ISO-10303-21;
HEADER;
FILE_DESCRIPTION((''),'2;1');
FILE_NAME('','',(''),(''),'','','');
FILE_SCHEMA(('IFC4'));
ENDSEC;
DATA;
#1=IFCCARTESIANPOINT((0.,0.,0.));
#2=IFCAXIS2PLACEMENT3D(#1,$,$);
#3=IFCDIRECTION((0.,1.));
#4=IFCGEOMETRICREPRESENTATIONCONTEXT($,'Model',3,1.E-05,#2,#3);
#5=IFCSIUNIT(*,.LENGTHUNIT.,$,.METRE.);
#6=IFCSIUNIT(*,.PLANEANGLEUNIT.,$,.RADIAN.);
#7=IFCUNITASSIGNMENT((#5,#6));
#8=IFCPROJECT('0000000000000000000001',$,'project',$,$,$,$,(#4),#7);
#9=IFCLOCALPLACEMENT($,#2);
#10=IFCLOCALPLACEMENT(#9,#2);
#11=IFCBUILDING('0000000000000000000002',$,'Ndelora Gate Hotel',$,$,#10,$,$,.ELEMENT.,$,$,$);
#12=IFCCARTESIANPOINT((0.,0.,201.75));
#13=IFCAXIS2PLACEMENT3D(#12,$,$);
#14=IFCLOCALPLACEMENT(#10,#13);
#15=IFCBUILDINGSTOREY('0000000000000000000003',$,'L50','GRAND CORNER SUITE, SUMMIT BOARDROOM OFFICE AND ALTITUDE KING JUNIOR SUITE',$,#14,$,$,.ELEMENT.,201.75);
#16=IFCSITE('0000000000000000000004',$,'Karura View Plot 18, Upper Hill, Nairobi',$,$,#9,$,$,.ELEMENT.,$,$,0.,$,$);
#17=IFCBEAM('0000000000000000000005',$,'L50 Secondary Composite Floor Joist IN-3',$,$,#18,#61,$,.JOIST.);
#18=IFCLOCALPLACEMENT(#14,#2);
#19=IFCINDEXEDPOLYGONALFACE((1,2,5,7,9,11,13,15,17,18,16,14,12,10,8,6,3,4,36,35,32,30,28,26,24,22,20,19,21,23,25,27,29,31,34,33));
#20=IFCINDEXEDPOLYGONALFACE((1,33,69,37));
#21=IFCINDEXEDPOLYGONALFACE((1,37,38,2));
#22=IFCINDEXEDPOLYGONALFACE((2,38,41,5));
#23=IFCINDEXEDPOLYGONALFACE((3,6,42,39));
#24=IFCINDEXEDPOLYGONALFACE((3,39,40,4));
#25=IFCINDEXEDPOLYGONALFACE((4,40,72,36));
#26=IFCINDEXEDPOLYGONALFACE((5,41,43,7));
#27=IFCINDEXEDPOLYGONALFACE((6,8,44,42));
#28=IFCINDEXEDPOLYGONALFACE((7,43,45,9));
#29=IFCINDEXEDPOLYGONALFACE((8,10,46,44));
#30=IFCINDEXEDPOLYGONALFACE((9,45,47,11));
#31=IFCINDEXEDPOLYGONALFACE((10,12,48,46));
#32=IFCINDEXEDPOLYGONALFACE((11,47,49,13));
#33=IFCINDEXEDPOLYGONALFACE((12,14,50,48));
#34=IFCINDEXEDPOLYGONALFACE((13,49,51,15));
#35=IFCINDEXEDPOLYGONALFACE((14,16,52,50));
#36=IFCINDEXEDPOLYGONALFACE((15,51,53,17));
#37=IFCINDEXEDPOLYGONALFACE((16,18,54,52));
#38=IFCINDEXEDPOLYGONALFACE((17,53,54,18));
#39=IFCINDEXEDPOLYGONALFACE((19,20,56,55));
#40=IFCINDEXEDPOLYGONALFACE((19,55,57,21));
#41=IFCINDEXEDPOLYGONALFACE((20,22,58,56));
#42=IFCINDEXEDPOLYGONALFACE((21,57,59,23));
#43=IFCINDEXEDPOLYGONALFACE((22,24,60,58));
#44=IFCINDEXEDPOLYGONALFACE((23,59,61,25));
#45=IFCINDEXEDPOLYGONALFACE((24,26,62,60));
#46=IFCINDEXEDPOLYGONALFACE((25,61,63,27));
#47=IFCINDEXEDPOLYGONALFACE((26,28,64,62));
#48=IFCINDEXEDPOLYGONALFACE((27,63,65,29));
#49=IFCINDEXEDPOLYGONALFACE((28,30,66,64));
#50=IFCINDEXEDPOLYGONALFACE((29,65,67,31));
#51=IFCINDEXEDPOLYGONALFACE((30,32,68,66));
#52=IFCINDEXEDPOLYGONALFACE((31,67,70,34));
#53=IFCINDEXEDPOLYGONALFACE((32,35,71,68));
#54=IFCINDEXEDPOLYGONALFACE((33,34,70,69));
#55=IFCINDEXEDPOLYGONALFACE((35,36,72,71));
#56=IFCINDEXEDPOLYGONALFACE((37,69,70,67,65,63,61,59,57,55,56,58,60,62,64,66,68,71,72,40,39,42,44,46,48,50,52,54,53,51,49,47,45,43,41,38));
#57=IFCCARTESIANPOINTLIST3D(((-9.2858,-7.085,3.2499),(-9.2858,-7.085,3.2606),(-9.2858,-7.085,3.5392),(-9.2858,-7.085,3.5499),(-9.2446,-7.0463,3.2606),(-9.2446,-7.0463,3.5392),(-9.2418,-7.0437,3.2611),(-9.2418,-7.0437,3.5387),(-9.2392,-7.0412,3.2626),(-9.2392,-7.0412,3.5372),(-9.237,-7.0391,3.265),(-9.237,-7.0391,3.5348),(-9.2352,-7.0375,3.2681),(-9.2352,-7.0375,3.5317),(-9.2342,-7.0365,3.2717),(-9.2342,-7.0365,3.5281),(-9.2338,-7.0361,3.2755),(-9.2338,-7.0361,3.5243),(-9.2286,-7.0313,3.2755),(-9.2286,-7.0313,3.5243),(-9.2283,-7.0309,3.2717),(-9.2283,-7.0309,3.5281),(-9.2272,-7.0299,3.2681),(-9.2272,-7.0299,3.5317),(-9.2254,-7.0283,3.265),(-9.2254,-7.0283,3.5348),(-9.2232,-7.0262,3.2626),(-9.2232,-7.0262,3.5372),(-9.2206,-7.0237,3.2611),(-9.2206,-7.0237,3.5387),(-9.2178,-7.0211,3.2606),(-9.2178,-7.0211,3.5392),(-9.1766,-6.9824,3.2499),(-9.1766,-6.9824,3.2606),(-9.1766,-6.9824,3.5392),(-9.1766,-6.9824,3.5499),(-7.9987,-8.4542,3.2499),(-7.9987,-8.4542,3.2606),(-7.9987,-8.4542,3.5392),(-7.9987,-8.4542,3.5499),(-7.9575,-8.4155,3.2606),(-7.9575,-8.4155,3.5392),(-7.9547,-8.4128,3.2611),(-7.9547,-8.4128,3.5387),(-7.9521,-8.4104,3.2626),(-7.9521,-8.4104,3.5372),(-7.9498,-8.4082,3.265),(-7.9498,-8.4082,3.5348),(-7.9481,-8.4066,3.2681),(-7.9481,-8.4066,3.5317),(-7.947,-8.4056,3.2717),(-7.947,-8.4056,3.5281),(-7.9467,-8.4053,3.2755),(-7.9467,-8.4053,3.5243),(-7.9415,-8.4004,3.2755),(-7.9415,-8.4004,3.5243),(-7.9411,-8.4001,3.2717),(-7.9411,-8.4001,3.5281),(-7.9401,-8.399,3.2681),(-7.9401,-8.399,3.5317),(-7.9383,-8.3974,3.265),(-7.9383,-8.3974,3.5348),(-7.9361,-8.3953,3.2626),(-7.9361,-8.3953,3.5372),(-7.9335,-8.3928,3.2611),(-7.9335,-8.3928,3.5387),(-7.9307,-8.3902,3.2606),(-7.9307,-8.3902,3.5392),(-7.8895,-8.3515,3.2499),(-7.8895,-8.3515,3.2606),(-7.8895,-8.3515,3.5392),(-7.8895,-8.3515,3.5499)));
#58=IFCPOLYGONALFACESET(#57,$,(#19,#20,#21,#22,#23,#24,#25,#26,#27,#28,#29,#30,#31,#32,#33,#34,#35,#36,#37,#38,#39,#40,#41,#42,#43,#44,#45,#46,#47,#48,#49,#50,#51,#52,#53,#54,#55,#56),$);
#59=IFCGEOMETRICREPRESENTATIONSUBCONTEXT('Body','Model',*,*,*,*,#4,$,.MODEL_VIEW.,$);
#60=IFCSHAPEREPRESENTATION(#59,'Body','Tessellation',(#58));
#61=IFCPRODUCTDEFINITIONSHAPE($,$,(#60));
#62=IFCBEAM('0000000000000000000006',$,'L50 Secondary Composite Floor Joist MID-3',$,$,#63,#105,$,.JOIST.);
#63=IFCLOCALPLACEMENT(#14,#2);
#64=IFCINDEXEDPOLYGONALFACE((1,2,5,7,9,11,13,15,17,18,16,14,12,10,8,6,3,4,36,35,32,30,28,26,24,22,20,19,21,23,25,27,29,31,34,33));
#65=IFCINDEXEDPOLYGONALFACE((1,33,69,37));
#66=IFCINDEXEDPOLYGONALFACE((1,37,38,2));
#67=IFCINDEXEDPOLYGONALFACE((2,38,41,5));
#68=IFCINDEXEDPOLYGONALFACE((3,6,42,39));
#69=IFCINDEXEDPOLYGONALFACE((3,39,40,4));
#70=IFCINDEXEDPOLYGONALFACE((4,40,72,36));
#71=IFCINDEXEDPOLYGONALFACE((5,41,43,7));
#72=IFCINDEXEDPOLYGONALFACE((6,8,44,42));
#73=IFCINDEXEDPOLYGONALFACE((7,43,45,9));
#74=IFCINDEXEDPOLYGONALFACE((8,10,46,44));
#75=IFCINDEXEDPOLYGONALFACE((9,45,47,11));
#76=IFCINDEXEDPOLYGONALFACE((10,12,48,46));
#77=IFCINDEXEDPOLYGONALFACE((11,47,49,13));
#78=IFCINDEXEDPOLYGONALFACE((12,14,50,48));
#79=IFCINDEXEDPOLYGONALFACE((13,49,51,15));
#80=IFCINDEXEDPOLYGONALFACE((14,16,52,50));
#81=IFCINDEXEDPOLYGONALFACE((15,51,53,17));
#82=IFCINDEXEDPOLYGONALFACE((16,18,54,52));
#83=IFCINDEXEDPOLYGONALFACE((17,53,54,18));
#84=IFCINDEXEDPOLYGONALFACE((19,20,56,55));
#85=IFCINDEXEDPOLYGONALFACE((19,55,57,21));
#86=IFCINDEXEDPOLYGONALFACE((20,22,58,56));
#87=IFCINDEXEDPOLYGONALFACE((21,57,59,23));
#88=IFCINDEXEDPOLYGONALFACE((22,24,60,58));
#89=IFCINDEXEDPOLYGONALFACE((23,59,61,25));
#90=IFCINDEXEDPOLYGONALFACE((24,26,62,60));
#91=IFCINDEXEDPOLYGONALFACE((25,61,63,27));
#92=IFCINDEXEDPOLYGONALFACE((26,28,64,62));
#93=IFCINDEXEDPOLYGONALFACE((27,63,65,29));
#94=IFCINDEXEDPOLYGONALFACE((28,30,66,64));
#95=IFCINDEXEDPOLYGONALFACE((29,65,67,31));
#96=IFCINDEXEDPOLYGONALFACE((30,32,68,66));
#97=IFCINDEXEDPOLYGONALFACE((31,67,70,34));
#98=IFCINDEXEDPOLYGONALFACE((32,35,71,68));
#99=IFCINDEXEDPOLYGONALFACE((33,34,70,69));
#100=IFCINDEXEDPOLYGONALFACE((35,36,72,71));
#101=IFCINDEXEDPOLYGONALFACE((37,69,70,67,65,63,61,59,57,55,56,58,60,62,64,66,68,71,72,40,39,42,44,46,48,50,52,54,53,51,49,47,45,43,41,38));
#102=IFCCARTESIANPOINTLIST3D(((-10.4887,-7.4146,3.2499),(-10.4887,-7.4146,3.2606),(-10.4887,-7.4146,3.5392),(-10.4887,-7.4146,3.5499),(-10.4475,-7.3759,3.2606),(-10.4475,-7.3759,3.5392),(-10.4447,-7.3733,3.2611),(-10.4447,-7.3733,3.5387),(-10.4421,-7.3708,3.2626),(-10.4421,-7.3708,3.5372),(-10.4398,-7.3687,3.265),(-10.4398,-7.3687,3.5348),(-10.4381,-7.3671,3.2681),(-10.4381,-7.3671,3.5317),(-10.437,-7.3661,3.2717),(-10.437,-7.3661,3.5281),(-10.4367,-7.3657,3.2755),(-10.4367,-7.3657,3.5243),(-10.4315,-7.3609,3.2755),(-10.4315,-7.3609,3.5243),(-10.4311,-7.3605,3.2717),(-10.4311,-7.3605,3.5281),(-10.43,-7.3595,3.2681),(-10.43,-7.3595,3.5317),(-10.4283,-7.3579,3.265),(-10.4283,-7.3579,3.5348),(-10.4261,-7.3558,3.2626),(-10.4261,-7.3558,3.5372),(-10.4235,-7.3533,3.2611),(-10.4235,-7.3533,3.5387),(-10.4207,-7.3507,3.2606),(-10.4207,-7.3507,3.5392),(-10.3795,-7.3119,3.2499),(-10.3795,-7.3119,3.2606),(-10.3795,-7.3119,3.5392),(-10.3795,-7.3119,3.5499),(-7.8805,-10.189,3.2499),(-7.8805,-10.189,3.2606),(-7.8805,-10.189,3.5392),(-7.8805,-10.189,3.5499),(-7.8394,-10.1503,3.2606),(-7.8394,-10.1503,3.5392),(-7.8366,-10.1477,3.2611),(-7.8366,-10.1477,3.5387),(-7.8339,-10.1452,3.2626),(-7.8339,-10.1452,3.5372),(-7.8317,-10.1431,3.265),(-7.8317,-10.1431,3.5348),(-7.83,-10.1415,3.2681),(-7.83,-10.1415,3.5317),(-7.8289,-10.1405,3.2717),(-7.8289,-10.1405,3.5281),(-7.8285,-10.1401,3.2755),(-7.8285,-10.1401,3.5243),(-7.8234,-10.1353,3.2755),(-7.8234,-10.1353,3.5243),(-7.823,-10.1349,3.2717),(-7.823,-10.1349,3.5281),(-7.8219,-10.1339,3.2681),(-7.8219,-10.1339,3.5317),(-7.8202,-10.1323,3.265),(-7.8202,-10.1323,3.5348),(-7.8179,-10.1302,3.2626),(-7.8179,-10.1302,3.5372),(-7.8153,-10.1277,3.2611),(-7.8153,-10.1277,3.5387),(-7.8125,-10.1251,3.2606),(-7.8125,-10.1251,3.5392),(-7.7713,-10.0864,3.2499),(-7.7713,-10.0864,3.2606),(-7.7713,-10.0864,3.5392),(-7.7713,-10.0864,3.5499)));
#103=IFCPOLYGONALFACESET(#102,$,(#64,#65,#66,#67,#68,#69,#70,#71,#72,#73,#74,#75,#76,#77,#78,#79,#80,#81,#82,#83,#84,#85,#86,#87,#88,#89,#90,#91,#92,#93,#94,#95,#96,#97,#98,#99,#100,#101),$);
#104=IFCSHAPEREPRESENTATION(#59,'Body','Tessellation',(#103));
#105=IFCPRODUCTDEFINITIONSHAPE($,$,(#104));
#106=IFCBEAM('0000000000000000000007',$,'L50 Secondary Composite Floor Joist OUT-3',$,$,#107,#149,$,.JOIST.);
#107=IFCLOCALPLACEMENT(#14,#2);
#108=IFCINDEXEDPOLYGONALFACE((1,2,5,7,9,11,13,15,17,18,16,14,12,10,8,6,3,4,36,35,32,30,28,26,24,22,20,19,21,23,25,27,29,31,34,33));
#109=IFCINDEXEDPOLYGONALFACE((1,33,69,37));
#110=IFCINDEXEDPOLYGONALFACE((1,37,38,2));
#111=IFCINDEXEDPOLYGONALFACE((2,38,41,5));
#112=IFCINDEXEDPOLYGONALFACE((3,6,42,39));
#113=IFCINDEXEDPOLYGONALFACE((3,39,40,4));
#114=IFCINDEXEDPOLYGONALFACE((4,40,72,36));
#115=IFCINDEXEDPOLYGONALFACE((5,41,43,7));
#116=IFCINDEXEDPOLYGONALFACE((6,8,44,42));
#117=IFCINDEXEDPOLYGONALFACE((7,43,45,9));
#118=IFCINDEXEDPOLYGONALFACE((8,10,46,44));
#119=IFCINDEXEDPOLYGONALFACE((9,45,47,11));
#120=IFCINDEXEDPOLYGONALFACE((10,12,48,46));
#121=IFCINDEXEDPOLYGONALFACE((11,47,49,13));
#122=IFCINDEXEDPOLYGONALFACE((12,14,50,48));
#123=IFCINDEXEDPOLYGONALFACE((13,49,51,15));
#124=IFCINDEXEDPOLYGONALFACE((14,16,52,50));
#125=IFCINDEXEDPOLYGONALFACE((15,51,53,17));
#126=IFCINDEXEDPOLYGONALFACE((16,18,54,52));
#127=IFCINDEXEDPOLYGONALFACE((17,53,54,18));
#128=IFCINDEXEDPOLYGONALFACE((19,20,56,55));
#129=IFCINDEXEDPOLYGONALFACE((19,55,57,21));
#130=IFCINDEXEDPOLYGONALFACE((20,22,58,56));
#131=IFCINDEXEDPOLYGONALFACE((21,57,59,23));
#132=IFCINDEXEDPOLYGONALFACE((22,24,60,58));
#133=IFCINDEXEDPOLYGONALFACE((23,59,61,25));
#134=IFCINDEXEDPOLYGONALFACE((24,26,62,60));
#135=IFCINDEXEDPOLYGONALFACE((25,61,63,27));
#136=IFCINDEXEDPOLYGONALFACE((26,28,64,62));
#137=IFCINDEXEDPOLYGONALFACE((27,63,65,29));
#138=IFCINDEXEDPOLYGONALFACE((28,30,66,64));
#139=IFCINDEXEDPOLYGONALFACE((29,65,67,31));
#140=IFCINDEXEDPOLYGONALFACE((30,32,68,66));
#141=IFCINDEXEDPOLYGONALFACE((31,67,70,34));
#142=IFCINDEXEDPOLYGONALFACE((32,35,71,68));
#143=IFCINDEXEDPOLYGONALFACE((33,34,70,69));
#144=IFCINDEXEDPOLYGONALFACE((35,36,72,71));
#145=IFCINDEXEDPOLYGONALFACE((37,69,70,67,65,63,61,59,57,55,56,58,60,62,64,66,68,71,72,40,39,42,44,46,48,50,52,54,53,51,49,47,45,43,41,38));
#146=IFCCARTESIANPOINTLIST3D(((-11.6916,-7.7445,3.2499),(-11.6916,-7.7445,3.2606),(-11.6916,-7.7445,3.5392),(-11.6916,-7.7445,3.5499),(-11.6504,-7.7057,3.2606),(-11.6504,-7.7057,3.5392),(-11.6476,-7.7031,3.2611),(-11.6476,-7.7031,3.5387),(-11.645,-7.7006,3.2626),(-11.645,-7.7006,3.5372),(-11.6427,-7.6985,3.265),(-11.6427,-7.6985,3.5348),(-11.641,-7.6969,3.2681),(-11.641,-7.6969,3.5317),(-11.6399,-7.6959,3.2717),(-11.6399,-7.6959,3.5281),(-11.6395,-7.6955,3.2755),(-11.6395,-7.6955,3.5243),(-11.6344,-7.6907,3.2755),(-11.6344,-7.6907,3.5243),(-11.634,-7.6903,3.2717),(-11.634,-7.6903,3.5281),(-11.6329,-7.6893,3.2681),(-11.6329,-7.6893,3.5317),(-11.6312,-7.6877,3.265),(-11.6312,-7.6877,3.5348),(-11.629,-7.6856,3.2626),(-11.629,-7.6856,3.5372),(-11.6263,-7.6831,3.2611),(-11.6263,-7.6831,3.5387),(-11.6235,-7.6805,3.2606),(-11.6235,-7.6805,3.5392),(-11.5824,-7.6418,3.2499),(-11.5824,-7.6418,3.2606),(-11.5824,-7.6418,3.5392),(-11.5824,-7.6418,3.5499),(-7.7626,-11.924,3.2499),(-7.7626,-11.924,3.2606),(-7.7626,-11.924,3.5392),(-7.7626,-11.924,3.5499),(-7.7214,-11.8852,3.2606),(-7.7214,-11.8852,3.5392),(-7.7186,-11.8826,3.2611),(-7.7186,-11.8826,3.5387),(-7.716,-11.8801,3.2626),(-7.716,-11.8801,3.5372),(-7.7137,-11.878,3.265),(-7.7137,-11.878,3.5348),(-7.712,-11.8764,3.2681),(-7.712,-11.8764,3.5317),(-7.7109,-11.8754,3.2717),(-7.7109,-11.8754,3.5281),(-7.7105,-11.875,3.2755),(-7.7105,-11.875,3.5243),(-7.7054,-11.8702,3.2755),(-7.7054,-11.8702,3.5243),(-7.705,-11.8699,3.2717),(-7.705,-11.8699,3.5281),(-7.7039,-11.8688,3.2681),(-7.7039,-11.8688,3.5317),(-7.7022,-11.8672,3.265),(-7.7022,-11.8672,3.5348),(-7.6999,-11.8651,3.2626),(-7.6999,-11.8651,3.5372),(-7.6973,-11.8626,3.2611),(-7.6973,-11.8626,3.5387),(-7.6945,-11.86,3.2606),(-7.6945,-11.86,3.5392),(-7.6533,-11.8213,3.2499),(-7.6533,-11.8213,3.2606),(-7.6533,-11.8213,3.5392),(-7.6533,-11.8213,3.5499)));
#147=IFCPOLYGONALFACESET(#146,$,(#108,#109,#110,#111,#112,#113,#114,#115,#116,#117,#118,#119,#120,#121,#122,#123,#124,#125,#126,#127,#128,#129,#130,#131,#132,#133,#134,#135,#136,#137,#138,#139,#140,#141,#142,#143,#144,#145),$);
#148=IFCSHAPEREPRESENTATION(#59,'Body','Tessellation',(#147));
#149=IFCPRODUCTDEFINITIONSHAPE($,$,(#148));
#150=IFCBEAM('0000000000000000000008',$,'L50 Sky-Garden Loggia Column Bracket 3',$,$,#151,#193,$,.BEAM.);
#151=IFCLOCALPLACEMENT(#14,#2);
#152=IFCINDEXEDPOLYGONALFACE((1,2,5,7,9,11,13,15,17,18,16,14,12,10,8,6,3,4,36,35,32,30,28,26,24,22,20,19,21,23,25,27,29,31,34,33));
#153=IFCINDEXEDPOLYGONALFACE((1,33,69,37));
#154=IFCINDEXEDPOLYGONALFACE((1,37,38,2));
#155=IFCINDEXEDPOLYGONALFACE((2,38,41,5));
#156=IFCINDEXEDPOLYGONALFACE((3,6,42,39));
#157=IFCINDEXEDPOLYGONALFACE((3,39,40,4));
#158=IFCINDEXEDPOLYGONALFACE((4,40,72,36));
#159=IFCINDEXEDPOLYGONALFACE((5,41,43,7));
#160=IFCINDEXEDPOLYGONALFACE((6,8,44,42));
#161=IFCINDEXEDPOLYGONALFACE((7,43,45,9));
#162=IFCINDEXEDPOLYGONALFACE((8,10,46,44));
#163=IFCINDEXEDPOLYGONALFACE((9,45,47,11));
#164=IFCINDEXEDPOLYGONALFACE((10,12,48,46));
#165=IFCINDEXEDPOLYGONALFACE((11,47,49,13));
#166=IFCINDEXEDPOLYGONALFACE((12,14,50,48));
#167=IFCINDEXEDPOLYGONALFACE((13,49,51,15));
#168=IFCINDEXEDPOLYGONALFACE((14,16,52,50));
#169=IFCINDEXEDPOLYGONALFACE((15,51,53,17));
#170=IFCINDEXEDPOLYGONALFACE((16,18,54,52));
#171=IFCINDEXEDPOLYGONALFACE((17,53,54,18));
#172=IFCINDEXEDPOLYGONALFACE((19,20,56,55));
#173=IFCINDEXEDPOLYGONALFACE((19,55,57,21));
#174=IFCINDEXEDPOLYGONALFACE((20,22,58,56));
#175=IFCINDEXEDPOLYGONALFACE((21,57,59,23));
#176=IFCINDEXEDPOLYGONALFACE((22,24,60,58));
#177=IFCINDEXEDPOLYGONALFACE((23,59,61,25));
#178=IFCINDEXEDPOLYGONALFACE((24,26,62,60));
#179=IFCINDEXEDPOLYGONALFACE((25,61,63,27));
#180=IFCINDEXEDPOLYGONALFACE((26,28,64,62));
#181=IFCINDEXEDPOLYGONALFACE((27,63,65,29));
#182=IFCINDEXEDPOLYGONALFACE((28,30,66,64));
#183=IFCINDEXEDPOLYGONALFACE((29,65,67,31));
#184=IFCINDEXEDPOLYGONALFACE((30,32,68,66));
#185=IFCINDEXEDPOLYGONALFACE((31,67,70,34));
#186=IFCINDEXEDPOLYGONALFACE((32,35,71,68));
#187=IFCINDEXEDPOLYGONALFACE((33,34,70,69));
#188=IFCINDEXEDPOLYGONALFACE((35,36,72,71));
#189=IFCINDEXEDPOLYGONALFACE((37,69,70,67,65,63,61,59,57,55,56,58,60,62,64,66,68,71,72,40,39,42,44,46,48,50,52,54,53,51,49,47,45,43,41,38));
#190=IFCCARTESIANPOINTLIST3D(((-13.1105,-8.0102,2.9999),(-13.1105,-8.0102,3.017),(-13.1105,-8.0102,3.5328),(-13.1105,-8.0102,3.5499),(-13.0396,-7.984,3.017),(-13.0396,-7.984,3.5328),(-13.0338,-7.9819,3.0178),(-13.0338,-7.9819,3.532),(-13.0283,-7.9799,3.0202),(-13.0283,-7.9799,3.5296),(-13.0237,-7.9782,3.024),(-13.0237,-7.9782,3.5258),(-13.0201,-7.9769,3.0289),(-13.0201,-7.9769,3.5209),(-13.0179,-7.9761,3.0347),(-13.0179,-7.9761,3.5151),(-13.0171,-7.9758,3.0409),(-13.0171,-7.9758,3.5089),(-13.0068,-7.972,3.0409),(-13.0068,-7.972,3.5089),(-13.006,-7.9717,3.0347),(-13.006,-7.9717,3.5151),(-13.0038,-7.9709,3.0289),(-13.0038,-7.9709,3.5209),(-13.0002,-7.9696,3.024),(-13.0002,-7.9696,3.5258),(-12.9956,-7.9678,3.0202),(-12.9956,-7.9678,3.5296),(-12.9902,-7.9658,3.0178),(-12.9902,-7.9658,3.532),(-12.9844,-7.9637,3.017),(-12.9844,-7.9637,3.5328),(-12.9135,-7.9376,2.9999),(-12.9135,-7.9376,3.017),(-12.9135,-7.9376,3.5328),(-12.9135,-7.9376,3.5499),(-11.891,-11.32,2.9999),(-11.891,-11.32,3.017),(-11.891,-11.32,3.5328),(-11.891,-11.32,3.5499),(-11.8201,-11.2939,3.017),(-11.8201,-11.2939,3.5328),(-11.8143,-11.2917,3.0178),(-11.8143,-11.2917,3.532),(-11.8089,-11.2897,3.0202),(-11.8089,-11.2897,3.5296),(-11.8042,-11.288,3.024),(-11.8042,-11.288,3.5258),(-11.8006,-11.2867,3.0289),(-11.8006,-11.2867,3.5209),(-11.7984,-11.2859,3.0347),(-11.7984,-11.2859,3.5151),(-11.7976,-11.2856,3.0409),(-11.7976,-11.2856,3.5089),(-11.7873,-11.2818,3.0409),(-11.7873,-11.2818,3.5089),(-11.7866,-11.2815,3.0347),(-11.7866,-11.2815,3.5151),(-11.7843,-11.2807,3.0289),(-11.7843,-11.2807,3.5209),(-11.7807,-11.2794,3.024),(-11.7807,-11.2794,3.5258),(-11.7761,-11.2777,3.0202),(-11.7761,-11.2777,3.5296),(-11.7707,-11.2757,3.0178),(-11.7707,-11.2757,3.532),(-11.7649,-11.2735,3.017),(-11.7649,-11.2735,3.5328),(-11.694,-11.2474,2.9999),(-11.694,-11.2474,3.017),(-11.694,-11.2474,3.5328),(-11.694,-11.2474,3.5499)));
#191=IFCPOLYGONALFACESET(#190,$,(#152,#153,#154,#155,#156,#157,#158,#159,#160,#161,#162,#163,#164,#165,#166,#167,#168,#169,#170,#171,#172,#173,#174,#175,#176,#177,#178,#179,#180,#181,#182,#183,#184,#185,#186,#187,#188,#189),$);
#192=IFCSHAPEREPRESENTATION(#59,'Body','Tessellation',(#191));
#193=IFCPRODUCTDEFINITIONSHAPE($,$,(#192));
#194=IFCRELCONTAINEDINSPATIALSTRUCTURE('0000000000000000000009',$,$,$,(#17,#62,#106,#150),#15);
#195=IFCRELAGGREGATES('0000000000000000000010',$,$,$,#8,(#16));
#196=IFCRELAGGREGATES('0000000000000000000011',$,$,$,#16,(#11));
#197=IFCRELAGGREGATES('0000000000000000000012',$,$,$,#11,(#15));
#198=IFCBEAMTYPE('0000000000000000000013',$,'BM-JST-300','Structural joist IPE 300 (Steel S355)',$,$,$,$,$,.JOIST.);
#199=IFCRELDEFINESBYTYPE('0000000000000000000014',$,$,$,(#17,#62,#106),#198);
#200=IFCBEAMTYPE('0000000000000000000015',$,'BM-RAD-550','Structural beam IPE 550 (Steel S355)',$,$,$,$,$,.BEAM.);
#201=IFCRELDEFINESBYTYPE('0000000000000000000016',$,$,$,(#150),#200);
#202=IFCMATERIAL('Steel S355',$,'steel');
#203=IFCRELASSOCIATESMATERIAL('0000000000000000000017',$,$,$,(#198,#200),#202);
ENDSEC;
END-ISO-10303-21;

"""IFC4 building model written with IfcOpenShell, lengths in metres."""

from ifc_helpers import new_model, si_unit, direction, frame, origin, origin_2d, place, context, subcontext, project, spatial, i_section, extrude, material, material_profile, profile_set, type_object, element, save


model = new_model("IFC4")

# Units and contexts
model_context = context("Model", 3, precision=1e-05, world=origin(), true_north=direction((0.0, 1.0)))
body_context = subcontext(model_context, "Body", "Model", "MODEL_VIEW")
ifc_project = project(units=[si_unit("LENGTHUNIT", "METRE"), si_unit("PLANEANGLEUNIT", "RADIAN")], contexts=[model_context])

# Site, building, storey
site_placement = place(None, origin())
site = spatial("IfcSite", under=ifc_project, at=site_placement, Name="Karura View Plot 18, Upper Hill, Nairobi", CompositionType="ELEMENT", RefElevation=0.0)
building_placement = place(site_placement, origin())
building = spatial("IfcBuilding", under=site, at=building_placement, Name="Ndelora Gate Hotel", CompositionType="ELEMENT")
storey_placement = place(building_placement, frame((0.0, 0.0, 201.75)))
storey = spatial("IfcBuildingStorey", under=building, at=storey_placement, Name="L50", Description="GRAND CORNER SUITE, SUMMIT BOARDROOM OFFICE AND ALTITUDE KING JUNIOR SUITE", CompositionType="ELEMENT", Elevation=201.75)

# Beams
ifc_material_1 = material(Name="Steel S355", Category="steel")
ifc_material_profile_1 = material_profile(ifc_material_1, i_section(OverallWidth=0.1499, OverallDepth=0.3, WebThickness=0.0071, FlangeThickness=0.0107, FilletRadius=0.0149, at=origin_2d()), Name="IPE 300")
ifc_profile_set_1 = profile_set([ifc_material_profile_1], Name="Steel S355")
beam_type_1 = type_object("IfcBeamType", Name="BM-JST-300", Description="Structural joist IPE 300 (Steel S355)", PredefinedType="JOIST", material=ifc_profile_set_1)
beam_1_placement = place(storey_placement, frame((-9.2312, -7.0337, 3.3999), z_axis=(0.684943, -0.728597, 0.0), x_axis=(0.728597, 0.684943, 0.0)))
element("IfcBeam", 1, at=beam_1_placement, inside=storey, type_object=beam_type_1, Name="L50 Secondary Composite Floor Joist IN-3", PredefinedType="JOIST", context=body_context, shape_type="SweptSolid", body=[
    extrude(i_section(OverallWidth=0.1499, OverallDepth=0.3, WebThickness=0.0071, FlangeThickness=0.0107, FilletRadius=0.0149, at=origin_2d()), origin(), (0.0, 0.0, 1.0), 1.8792),
])
beam_2_placement = place(storey_placement, frame((-10.4341, -7.3633, 3.3999), z_axis=(0.684939, -0.728601, 0.0), x_axis=(0.728601, 0.684939, 0.0)))
element("IfcBeam", 2, at=beam_2_placement, inside=storey, type_object=beam_type_1, Name="L50 Secondary Composite Floor Joist MID-3", PredefinedType="JOIST", context=body_context, shape_type="SweptSolid", body=[
    extrude(i_section(OverallWidth=0.1499, OverallDepth=0.3, WebThickness=0.0071, FlangeThickness=0.0107, FilletRadius=0.0149, at=origin_2d()), origin(), (0.0, 0.0, 1.0), 3.8079),
])
beam_3_placement = place(storey_placement, frame((-11.637, -7.6931, 3.3999), z_axis=(0.684936, -0.728603, 0.0), x_axis=(0.728603, 0.684936, 0.0)))
element("IfcBeam", 3, at=beam_3_placement, inside=storey, type_object=beam_type_1, Name="L50 Secondary Composite Floor Joist OUT-3", PredefinedType="JOIST", context=body_context, shape_type="SweptSolid", body=[
    extrude(i_section(OverallWidth=0.1499, OverallDepth=0.3, WebThickness=0.0071, FlangeThickness=0.0107, FilletRadius=0.0149, at=origin_2d()), origin(), (0.0, 0.0, 1.0), 5.7363),
])
ifc_material_profile_2 = material_profile(ifc_material_1, i_section(OverallWidth=0.21, OverallDepth=0.55, WebThickness=0.011, FlangeThickness=0.0171, FilletRadius=0.0239, at=origin_2d()), Name="IPE 550")
ifc_profile_set_2 = profile_set([ifc_material_profile_2], Name="Steel S355")
beam_type_2 = type_object("IfcBeamType", Name="BM-RAD-550", Description="Structural beam IPE 550 (Steel S355)", PredefinedType="BEAM", material=ifc_profile_set_2)
beam_4_placement = place(storey_placement, frame((-13.012, -7.9739, 3.2749), z_axis=(0.345725, -0.938336, 0.0), x_axis=(0.938336, 0.345725, 0.0)))
element("IfcBeam", 4, at=beam_4_placement, inside=storey, type_object=beam_type_2, Name="L50 Sky-Garden Loggia Column Bracket 3", PredefinedType="BEAM", context=body_context, shape_type="SweptSolid", body=[
    extrude(i_section(OverallWidth=0.21, OverallDepth=0.55, WebThickness=0.011, FlangeThickness=0.0171, FilletRadius=0.0239, at=origin_2d()), origin(), (0.0, 0.0, 1.0), 3.5273),
])

save(model, "model.ifc")
